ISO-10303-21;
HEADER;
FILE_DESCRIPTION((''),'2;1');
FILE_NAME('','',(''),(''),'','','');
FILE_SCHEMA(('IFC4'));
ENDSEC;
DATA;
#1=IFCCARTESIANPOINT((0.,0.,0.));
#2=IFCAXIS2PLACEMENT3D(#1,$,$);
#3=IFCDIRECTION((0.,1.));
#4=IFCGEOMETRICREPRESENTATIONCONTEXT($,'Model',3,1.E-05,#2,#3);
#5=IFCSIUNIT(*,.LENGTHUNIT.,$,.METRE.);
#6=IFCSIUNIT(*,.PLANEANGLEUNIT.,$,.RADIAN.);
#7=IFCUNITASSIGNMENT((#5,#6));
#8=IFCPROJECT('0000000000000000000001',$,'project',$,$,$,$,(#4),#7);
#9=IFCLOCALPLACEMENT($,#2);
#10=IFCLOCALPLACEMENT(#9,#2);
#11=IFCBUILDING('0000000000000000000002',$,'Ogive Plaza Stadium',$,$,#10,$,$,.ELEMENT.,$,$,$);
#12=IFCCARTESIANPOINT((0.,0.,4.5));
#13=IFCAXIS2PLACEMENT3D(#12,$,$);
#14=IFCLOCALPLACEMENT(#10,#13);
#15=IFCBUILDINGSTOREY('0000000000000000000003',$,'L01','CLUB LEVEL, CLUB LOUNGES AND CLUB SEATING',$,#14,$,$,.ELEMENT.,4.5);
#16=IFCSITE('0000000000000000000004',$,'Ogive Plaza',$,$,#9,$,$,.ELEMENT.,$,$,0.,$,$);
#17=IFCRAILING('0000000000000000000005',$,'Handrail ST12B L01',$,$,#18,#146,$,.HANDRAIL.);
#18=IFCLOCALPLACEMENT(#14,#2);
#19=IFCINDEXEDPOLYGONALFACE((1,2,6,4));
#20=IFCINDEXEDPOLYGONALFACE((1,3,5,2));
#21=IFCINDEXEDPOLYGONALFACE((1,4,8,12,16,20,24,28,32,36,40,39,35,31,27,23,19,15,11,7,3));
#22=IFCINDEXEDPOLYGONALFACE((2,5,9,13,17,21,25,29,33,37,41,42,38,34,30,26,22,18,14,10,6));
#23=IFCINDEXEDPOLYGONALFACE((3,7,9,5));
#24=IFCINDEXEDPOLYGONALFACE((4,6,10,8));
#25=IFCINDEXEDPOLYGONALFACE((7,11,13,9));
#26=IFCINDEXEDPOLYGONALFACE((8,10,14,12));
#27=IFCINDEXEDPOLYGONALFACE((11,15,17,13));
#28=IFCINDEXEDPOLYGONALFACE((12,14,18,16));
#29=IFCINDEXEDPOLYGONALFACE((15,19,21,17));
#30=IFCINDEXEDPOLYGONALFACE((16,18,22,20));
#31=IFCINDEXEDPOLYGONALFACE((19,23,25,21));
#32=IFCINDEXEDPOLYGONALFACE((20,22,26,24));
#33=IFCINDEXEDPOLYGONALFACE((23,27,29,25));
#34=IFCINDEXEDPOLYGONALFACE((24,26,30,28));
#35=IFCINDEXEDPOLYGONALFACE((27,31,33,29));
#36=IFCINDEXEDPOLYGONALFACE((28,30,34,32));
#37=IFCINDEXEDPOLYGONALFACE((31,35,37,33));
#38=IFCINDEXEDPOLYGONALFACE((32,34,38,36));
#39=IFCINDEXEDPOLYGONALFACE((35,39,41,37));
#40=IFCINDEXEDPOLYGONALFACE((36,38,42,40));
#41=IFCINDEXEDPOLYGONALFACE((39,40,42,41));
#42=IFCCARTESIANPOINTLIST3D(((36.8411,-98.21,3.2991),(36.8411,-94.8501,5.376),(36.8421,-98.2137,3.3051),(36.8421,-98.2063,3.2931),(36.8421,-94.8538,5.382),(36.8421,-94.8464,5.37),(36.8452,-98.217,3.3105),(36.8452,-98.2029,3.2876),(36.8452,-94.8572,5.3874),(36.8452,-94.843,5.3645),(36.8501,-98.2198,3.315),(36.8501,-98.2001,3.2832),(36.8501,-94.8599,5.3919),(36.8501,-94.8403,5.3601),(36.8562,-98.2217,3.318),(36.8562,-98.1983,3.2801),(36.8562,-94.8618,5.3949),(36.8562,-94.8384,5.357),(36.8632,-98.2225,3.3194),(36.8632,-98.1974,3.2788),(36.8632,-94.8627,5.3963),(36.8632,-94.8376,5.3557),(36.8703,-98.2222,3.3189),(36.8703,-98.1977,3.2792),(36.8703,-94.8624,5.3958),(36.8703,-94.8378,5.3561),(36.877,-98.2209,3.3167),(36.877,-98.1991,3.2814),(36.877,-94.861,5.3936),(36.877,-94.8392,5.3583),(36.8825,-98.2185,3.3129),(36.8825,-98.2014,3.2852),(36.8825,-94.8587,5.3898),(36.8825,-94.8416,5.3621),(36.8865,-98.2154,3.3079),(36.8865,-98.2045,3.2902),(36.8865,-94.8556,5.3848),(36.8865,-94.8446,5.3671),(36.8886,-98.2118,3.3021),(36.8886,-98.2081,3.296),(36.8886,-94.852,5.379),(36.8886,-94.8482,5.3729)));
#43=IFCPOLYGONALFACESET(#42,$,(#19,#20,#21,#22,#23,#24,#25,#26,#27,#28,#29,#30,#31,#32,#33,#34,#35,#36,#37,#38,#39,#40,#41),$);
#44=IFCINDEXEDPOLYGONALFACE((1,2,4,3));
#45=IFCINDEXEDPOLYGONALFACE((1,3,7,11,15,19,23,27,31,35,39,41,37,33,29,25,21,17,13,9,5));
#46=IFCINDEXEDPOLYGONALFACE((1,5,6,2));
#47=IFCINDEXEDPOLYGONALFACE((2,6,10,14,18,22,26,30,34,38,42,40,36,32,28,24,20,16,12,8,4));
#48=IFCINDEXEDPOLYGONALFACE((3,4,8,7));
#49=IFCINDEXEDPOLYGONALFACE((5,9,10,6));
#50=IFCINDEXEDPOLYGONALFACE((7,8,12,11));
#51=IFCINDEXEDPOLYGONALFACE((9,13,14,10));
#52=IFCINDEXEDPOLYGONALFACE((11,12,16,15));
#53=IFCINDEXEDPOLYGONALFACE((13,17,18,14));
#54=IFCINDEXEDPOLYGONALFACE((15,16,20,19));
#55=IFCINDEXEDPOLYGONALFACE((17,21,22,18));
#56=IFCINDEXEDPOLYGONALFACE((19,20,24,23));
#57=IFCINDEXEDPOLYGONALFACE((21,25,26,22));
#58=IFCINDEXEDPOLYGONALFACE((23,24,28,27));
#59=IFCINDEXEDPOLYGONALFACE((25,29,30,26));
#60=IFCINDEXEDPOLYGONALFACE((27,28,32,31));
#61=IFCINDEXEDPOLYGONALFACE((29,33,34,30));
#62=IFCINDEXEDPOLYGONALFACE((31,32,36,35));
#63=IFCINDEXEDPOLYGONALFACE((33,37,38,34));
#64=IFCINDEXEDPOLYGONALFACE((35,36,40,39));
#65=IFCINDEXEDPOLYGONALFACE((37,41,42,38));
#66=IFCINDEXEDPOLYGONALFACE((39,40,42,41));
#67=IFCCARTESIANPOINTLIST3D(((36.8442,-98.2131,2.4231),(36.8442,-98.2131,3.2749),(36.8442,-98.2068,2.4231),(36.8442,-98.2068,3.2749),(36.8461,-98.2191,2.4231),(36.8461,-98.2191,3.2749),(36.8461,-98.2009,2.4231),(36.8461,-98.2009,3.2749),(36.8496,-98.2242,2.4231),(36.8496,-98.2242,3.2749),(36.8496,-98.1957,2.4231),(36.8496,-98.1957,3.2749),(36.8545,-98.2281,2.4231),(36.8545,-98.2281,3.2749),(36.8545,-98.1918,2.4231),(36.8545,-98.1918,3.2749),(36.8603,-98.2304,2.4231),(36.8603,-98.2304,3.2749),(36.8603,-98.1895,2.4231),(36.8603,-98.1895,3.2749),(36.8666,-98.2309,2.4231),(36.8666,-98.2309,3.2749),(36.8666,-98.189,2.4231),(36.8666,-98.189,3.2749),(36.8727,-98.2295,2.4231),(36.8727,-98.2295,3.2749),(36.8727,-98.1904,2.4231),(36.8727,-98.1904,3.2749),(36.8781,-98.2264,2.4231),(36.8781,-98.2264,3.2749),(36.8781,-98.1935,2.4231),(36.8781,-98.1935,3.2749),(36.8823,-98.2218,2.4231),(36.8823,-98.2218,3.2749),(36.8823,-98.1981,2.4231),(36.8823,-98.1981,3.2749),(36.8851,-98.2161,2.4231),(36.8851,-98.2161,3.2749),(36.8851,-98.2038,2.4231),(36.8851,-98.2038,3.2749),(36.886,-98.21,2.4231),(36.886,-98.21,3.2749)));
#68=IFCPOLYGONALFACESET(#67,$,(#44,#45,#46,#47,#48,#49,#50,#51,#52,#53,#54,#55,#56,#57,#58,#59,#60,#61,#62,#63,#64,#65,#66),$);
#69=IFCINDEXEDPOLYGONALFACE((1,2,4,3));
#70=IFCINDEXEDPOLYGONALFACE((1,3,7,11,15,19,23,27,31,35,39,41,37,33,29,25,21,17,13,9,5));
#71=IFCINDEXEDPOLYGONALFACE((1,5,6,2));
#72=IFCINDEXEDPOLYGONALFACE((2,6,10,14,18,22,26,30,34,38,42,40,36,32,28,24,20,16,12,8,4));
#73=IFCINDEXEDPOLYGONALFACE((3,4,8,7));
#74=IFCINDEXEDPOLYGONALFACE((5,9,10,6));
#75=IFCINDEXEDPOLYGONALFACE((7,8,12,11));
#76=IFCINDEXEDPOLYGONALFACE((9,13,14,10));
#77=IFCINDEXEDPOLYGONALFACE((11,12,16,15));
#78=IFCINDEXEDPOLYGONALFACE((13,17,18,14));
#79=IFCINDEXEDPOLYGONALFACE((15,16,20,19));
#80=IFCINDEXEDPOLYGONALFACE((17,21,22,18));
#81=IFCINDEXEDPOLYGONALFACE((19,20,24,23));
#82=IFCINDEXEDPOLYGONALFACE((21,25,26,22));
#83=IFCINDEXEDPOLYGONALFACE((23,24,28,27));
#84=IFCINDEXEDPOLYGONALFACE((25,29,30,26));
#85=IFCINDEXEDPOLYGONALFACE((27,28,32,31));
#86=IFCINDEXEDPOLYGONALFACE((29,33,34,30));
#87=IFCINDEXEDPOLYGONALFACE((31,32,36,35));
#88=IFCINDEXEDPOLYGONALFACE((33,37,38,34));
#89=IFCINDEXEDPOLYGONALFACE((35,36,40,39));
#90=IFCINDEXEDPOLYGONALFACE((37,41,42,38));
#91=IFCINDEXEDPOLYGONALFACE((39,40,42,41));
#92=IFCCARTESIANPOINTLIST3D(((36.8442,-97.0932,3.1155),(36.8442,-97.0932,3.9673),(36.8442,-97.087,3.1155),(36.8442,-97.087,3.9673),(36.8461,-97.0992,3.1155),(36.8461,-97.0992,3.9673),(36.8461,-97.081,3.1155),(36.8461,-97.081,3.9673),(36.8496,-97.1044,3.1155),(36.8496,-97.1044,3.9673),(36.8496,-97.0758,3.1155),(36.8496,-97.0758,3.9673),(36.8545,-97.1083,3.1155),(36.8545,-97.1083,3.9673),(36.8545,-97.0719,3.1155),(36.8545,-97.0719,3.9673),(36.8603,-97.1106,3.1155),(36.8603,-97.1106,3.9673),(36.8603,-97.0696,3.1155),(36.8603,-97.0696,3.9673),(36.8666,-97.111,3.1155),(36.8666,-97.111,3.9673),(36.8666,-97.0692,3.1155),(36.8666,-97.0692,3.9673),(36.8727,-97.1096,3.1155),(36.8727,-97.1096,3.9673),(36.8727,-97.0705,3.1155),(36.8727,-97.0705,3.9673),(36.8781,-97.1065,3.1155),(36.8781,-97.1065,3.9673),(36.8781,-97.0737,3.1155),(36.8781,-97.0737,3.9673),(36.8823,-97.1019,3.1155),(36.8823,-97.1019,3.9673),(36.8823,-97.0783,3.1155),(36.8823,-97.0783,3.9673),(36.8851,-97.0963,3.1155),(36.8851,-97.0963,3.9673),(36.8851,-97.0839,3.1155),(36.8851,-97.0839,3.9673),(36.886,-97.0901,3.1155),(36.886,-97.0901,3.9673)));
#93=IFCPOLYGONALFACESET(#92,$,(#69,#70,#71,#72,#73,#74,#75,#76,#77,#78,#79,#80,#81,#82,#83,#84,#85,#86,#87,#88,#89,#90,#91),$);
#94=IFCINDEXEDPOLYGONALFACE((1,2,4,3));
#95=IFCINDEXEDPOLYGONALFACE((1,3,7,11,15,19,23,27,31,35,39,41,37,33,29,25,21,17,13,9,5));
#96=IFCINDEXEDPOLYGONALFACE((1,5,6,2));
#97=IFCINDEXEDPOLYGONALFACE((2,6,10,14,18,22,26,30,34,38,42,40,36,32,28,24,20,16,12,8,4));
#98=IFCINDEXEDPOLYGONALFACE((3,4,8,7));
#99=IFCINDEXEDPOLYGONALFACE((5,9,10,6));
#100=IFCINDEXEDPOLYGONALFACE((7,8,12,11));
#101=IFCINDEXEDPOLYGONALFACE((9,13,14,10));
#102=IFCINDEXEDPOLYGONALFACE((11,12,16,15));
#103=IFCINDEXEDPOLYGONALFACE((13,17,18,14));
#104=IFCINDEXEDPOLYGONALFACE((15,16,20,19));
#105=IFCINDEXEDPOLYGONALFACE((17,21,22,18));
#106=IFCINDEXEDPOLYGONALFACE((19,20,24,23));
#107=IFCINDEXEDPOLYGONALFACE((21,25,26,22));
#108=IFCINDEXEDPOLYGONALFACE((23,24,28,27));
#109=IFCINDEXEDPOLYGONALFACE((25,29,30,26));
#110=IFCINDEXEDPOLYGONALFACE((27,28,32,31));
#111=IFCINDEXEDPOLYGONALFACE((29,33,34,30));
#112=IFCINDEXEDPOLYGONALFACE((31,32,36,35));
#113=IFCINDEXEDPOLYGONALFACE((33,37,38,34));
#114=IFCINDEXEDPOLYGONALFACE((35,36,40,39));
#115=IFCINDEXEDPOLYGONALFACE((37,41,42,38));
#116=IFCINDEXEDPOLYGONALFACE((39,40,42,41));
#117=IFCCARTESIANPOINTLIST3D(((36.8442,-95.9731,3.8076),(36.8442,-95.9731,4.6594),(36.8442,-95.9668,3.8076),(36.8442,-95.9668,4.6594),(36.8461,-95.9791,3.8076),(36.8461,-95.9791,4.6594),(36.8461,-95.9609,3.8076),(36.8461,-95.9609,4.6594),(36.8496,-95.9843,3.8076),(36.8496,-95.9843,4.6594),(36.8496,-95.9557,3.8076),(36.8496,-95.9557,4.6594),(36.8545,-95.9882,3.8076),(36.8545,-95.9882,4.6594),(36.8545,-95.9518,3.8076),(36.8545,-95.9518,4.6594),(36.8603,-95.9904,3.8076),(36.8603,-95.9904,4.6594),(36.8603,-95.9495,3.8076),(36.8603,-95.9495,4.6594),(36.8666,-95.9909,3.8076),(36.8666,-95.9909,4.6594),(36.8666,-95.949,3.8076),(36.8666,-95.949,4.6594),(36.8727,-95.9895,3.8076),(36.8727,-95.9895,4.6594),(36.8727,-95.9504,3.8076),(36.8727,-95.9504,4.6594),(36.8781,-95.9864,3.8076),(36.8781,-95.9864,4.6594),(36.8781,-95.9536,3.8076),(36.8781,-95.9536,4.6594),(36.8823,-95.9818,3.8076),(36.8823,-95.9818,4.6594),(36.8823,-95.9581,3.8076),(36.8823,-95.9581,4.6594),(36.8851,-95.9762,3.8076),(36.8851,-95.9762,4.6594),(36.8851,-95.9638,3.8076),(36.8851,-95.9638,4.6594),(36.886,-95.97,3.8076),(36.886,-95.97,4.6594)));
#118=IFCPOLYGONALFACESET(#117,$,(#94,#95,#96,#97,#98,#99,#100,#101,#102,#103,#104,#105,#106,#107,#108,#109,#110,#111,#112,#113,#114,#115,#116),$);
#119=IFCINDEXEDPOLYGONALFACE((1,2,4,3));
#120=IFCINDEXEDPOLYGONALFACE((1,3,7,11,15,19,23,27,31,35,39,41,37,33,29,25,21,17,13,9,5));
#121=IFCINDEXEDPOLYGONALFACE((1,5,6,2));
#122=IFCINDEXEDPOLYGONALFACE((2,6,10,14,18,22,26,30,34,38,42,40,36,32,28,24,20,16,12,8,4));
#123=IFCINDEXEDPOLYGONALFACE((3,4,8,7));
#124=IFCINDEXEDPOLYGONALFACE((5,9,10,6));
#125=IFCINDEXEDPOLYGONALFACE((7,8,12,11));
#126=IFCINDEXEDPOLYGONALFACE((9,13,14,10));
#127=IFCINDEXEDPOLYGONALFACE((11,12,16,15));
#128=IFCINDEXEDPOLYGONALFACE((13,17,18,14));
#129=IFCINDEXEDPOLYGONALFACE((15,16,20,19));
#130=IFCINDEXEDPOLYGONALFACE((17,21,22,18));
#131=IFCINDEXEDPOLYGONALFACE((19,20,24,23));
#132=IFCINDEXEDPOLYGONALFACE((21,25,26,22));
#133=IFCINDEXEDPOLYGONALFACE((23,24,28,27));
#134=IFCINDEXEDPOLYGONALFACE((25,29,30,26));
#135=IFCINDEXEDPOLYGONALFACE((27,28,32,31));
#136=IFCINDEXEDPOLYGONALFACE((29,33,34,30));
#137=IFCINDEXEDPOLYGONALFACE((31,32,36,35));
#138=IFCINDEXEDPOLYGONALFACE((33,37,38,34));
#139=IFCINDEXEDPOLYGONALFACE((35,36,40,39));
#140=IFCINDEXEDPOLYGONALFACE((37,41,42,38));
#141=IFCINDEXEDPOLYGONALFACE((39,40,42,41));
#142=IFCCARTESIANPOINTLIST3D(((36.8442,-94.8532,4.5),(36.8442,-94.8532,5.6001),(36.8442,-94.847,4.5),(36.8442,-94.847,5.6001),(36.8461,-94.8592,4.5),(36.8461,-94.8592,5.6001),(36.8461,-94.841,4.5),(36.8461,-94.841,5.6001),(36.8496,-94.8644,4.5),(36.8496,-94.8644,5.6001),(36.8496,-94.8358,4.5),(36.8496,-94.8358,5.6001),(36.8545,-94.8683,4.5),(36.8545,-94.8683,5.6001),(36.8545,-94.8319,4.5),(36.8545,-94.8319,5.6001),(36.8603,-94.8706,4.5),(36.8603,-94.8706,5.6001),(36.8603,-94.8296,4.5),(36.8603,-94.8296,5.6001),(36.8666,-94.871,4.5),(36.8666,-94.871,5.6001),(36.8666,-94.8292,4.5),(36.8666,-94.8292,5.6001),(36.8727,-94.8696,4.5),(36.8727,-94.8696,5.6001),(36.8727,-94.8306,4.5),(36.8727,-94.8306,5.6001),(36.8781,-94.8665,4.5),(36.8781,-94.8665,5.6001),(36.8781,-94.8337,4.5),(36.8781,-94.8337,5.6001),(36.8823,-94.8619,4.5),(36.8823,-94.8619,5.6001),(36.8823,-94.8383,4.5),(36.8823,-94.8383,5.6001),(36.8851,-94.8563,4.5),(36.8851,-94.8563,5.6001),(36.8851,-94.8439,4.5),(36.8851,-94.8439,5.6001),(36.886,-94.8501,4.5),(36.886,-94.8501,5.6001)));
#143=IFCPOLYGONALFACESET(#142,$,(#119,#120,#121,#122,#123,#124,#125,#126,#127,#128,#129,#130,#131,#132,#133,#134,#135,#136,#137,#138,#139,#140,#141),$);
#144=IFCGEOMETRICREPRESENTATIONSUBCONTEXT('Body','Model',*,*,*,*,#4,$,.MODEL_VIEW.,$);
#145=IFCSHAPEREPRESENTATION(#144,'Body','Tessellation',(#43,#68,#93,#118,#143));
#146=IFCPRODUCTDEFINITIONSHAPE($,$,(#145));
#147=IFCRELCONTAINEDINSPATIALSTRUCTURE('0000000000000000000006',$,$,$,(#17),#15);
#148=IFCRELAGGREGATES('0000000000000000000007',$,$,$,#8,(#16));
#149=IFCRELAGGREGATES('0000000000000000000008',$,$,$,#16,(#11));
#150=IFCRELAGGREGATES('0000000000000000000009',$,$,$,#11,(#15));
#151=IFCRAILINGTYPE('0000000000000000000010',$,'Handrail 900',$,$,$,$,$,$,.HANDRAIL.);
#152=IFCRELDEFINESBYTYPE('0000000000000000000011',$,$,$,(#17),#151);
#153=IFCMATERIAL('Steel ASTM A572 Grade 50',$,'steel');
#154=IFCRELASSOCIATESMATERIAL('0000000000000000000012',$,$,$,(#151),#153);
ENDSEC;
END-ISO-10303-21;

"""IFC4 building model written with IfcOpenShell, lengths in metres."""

from ifc_helpers import new_model, si_unit, direction, frame, origin, origin_2d, place, context, subcontext, project, spatial, circle, extrude, material, type_object, element, save


model = new_model("IFC4")

# Units and contexts
model_context = context("Model", 3, precision=1e-05, world=origin(), true_north=direction((0.0, 1.0)))
body_context = subcontext(model_context, "Body", "Model", "MODEL_VIEW")
ifc_project = project(units=[si_unit("LENGTHUNIT", "METRE"), si_unit("PLANEANGLEUNIT", "RADIAN")], contexts=[model_context])

# Site, building, storey
site_placement = place(None, origin())
site = spatial("IfcSite", under=ifc_project, at=site_placement, Name="Ogive Plaza", CompositionType="ELEMENT", RefElevation=0.0)
building_placement = place(site_placement, origin())
building = spatial("IfcBuilding", under=site, at=building_placement, Name="Ogive Plaza Stadium", CompositionType="ELEMENT")
storey_placement = place(building_placement, frame((0.0, 0.0, 4.5)))
storey = spatial("IfcBuildingStorey", under=building, at=storey_placement, Name="L01", Description="CLUB LEVEL, CLUB LOUNGES AND CLUB SEATING", CompositionType="ELEMENT", Elevation=4.5)

# Railing
ifc_material_1 = material(Name="Steel ASTM A572 Grade 50", Category="steel")
railing_type_1 = type_object("IfcRailingType", Name="Handrail 900", PredefinedType="HANDRAIL", material=ifc_material_1)
railing_1_placement = place(storey_placement, frame((36.865, -98.21, 2.4231)))
element("IfcRailing", 1, at=railing_1_placement, inside=storey, type_object=railing_type_1, Name="Handrail ST12B L01", PredefinedType="HANDRAIL", context=body_context, shape_type="SweptSolid", body=[
    extrude(circle(Radius=0.0239, at=origin_2d()), frame((0.0, 0.0, 0.876), z_axis=(0.0, 0.850606, 0.525803), x_axis=(-1.0, 0.0, 0.0)), (0.0, 0.0, 1.0), 3.95),
    extrude(circle(Radius=0.021, at=origin_2d()), origin(), (0.0, 0.0, 1.0), 0.8518),
    extrude(circle(Radius=0.021, at=origin_2d()), frame((0.0, 1.1199, 0.6924)), (0.0, 0.0, 1.0), 0.8518),
    extrude(circle(Radius=0.021, at=origin_2d()), frame((0.0, 2.24, 1.3845)), (0.0, 0.0, 1.0), 0.8518),
    extrude(circle(Radius=0.021, at=origin_2d()), frame((0.0, 3.3599, 2.0769)), (0.0, 0.0, 1.0), 1.1001),
])

save(model, "model.ifc")
